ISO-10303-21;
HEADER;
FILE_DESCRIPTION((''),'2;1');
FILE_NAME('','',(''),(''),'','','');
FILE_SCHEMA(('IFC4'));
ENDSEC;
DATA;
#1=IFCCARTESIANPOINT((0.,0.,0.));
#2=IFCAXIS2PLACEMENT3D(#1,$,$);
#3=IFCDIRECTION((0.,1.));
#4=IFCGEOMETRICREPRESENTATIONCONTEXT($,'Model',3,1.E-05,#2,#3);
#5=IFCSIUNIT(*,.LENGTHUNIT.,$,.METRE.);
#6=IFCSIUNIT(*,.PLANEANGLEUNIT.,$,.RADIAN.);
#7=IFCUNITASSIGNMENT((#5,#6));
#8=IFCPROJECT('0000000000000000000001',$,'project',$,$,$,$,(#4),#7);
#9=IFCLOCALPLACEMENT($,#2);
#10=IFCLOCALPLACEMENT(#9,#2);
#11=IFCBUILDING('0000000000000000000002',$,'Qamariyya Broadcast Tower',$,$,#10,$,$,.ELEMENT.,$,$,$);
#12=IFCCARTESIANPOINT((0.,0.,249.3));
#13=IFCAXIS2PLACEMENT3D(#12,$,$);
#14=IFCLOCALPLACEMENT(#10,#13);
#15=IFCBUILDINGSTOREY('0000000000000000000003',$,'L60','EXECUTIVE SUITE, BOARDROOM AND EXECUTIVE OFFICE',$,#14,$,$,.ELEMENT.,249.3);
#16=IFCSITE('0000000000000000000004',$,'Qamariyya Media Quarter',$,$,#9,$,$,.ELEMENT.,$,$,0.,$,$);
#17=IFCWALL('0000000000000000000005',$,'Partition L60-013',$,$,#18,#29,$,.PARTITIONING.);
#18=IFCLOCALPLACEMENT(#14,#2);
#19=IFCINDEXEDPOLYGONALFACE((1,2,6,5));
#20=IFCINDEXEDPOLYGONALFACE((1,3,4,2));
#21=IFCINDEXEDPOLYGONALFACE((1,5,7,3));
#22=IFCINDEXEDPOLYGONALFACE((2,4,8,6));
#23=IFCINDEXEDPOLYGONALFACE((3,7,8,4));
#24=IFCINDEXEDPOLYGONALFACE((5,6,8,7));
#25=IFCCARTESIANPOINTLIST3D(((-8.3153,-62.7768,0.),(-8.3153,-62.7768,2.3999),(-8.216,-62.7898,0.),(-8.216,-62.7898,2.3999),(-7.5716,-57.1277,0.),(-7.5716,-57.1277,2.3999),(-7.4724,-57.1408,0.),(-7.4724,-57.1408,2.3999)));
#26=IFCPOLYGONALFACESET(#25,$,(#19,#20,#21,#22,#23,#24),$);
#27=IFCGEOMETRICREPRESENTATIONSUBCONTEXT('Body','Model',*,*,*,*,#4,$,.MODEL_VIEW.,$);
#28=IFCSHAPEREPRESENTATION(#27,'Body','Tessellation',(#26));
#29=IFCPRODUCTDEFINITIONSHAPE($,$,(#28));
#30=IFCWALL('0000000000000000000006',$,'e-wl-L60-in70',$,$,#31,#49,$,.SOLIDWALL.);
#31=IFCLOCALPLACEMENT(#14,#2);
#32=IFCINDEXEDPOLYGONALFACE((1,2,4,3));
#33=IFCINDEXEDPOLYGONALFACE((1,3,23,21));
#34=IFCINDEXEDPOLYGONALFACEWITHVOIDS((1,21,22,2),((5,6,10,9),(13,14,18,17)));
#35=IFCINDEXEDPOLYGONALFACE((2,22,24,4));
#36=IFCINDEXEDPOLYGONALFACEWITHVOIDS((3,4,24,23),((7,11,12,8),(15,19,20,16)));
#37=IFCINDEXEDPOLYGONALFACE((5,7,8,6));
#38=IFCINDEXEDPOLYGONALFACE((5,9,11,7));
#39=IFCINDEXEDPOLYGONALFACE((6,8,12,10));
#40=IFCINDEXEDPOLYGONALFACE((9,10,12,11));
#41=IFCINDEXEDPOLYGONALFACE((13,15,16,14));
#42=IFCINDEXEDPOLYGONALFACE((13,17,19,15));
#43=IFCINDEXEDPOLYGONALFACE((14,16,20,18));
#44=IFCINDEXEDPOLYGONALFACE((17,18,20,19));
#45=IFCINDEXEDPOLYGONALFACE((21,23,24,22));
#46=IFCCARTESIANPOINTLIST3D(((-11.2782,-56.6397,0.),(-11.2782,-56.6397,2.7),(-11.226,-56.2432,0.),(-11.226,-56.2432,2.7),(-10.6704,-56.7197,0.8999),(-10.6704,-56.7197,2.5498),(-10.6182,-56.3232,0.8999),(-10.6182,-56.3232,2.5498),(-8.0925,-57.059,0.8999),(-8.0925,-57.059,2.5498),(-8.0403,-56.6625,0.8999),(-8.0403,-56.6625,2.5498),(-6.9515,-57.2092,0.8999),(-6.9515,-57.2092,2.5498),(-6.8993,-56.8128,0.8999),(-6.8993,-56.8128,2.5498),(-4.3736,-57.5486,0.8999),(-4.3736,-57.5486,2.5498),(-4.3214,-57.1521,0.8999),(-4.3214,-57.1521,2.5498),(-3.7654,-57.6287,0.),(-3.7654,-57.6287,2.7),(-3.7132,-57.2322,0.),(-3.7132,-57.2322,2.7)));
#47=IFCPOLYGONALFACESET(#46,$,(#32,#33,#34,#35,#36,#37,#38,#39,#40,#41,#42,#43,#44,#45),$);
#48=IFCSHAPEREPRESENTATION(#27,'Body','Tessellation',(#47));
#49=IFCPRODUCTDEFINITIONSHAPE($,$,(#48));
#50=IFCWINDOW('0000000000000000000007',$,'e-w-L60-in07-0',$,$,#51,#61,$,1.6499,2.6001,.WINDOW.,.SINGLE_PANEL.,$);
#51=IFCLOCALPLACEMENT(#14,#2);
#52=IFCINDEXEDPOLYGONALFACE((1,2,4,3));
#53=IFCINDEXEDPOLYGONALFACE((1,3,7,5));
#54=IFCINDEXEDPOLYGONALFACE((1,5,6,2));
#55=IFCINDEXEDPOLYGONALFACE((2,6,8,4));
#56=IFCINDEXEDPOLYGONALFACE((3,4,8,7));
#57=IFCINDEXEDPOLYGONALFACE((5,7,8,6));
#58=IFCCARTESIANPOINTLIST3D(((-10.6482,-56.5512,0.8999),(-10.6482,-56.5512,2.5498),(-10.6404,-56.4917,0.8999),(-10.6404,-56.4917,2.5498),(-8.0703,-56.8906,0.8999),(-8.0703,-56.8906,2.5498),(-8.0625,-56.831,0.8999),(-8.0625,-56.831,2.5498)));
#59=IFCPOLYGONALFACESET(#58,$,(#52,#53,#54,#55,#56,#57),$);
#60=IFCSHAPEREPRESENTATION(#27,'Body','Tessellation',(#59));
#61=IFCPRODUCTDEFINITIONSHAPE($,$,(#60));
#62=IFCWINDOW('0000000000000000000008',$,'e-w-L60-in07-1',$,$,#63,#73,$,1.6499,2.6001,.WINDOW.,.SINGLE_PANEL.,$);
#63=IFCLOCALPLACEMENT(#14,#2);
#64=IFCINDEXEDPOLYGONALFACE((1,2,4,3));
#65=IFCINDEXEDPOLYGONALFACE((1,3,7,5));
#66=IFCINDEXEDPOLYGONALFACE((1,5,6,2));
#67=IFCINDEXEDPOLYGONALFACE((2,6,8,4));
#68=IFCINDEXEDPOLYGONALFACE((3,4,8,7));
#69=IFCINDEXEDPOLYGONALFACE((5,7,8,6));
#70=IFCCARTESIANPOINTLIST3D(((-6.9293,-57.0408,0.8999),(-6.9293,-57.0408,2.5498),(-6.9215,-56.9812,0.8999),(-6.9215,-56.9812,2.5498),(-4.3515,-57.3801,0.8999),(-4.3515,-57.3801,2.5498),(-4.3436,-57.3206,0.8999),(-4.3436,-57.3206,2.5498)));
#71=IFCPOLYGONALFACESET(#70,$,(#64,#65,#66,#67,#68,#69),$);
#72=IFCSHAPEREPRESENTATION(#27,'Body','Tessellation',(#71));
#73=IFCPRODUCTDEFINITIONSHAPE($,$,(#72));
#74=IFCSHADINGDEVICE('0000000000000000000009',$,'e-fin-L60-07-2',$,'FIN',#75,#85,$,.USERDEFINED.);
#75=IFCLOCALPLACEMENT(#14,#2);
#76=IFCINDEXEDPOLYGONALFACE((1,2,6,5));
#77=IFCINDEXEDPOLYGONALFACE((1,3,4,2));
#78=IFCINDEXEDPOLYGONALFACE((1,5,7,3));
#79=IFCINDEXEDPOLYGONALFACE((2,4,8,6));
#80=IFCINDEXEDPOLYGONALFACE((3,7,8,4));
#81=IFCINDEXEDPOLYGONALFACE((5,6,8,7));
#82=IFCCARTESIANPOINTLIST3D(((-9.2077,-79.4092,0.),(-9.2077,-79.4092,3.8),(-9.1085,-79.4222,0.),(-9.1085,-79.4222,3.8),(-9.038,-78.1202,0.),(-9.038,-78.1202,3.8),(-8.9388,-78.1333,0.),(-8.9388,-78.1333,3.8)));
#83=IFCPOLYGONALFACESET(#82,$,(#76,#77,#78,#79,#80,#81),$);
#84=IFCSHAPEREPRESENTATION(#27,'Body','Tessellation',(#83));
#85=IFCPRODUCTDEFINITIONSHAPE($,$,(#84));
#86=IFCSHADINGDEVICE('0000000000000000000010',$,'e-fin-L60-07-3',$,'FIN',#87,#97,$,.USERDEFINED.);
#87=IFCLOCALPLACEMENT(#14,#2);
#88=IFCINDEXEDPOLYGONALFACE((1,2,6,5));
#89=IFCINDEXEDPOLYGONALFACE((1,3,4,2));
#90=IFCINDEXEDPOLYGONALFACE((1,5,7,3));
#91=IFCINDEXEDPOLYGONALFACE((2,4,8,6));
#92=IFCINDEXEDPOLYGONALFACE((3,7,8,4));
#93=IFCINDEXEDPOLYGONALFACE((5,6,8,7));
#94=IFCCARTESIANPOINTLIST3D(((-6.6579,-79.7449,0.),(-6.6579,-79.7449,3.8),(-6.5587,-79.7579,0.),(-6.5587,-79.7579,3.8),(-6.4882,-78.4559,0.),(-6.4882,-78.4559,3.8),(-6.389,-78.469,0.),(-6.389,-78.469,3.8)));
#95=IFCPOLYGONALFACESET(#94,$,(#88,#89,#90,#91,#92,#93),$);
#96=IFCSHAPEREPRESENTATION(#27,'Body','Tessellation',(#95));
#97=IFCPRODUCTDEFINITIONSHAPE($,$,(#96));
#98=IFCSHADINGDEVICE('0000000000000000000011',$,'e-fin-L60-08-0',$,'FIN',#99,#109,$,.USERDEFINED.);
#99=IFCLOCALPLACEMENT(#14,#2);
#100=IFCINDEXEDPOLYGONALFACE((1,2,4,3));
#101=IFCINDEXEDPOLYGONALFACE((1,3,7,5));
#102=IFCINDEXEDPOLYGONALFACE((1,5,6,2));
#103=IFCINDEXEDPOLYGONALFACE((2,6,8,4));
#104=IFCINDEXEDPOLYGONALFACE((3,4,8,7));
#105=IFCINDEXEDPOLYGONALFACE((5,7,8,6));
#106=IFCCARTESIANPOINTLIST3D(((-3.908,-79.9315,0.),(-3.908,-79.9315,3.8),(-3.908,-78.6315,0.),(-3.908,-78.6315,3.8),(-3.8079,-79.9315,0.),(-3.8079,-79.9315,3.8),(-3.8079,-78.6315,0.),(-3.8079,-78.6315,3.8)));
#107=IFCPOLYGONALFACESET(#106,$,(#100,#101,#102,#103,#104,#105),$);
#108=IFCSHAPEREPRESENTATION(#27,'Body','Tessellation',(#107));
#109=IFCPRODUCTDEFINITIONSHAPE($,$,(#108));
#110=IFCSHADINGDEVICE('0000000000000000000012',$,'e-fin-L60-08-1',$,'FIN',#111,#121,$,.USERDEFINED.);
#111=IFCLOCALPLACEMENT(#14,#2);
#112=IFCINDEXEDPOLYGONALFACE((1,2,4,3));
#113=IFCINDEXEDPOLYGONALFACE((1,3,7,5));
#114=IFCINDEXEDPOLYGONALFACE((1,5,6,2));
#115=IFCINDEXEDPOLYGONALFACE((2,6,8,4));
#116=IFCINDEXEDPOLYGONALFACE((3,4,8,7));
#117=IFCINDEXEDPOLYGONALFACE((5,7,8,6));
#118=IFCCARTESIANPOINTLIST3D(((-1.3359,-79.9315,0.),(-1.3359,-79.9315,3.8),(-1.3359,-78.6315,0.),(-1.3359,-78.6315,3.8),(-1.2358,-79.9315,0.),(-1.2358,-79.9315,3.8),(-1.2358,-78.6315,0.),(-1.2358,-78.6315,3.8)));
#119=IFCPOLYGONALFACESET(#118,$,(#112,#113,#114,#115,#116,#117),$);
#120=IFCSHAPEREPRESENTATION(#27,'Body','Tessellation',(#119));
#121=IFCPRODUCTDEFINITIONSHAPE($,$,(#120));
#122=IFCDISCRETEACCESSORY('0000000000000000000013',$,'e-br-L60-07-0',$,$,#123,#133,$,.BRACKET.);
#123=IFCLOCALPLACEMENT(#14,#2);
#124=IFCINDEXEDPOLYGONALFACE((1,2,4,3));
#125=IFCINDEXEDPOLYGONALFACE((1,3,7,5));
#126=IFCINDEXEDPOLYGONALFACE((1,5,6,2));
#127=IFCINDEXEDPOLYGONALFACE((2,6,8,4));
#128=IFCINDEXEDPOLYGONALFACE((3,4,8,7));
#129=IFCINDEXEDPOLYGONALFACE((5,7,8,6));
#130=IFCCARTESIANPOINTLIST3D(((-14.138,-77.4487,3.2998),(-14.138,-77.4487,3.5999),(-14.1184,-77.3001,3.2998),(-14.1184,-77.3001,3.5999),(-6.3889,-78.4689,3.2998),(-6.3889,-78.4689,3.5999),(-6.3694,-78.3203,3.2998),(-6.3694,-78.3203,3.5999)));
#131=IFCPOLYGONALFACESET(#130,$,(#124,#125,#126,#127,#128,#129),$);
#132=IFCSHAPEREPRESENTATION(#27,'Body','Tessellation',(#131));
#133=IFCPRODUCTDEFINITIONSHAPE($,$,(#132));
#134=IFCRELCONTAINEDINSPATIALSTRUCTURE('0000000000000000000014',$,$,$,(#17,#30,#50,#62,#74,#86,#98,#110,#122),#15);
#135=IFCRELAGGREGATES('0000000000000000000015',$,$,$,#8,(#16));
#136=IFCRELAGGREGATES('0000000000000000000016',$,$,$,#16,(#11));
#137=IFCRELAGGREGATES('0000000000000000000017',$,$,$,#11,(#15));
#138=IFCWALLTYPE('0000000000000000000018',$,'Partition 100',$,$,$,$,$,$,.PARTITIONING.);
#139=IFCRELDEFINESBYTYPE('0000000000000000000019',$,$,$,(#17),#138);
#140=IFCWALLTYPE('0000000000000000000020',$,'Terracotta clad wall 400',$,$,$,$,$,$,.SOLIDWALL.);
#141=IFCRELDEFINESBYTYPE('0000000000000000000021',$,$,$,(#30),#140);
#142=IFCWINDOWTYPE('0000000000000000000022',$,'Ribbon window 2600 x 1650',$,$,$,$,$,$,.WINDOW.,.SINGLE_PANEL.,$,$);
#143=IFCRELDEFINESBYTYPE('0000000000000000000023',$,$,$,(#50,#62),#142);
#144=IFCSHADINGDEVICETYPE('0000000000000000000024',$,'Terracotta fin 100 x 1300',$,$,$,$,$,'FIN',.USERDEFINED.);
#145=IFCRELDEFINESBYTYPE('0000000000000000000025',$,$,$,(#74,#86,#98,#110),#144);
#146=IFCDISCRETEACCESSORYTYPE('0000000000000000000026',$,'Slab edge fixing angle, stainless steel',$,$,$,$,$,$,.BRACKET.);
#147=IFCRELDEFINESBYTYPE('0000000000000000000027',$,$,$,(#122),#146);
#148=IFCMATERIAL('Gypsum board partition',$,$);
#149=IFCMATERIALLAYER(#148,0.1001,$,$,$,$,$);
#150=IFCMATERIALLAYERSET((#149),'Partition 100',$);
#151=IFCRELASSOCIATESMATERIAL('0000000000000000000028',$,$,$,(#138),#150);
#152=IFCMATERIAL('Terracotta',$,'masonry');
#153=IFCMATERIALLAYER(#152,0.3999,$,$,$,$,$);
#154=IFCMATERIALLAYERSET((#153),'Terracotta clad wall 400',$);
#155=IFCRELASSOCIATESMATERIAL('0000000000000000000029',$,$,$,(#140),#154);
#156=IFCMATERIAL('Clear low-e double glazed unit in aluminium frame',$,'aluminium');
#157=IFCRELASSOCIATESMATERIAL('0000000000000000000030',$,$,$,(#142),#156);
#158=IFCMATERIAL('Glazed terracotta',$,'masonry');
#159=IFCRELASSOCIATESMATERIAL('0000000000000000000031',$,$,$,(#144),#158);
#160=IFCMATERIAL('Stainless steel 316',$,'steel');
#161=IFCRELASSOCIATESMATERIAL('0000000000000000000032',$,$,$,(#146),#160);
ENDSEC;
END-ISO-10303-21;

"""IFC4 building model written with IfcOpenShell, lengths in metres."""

from ifc_helpers import new_model, si_unit, direction, frame, frame_2d, origin, origin_2d, place, context, subcontext, project, spatial, rectangle, extrude, material, layer, layer_set, material_profile, profile_set, type_object, element, fill, save


model = new_model("IFC4")

# Units and contexts
model_context = context("Model", 3, precision=1e-05, world=origin(), true_north=direction((0.0, 1.0)))
body_context = subcontext(model_context, "Body", "Model", "MODEL_VIEW")
ifc_project = project(units=[si_unit("LENGTHUNIT", "METRE"), si_unit("PLANEANGLEUNIT", "RADIAN")], contexts=[model_context])

# Site, building, storey
site_placement = place(None, origin())
site = spatial("IfcSite", under=ifc_project, at=site_placement, Name="Qamariyya Media Quarter", CompositionType="ELEMENT", RefElevation=0.0)
building_placement = place(site_placement, origin())
building = spatial("IfcBuilding", under=site, at=building_placement, Name="Qamariyya Broadcast Tower", CompositionType="ELEMENT")
storey_placement = place(building_placement, frame((0.0, 0.0, 249.3)))
storey = spatial("IfcBuildingStorey", under=building, at=storey_placement, Name="L60", Description="EXECUTIVE SUITE, BOARDROOM AND EXECUTIVE OFFICE", CompositionType="ELEMENT", Elevation=249.3)

# Shared definitions
ifc_material_1 = material(Name="Gypsum board partition")

# Wall
ifc_layer_1 = layer(ifc_material_1, 0.1001)
ifc_layer_set_1 = layer_set([ifc_layer_1], Name="Partition 100")
wall_type_1 = type_object("IfcWallType", Name="Partition 100", PredefinedType="PARTITIONING", material=ifc_layer_set_1)
wall_1_placement = place(storey_placement, frame((-7.522, -57.1343, 0.0), z_axis=(0.0, 0.0, 1.0), x_axis=(-0.130519, -0.991446, 0.0)))
element("IfcWall", 1, at=wall_1_placement, inside=storey, type_object=wall_type_1, Name="Partition L60-013", PredefinedType="PARTITIONING", context=body_context, shape_type="SweptSolid", body=[
    extrude(rectangle(XDim=5.6978, YDim=0.1001, at=frame_2d((2.8489, 0.0))), origin(), (0.0, 0.0, 1.0), 2.3999),
])

# Wall, openings, windows
ifc_material_2 = material(Name="Terracotta", Category="masonry")
ifc_layer_2 = layer(ifc_material_2, 0.3999)
ifc_layer_set_2 = layer_set([ifc_layer_2], Name="Terracotta clad wall 400")
wall_type_2 = type_object("IfcWallType", Name="Terracotta clad wall 400", PredefinedType="SOLIDWALL", material=ifc_layer_set_2)
wall_2_placement = place(storey_placement, frame((-3.7393, -57.4304, 0.0), z_axis=(0.0, 0.0, 1.0), x_axis=(-0.991446, 0.130515, 0.0)))
wall_2 = element("IfcWall", 2, at=wall_2_placement, inside=storey, type_object=wall_type_2, Name="e-wl-L60-in70", PredefinedType="SOLIDWALL", context=body_context, shape_type="SweptSolid", body=[
    extrude(rectangle(XDim=7.5776, YDim=0.3999, at=frame_2d((3.7888, 0.0))), origin(), (0.0, 0.0, 1.0), 2.7),
])
opening_1_placement = place(wall_2_placement, frame((4.3645, 0.0, 0.8999)))
opening_1 = element("IfcOpeningElement", 3, at=opening_1_placement, cuts=wall_2, PredefinedType="OPENING", context=body_context, shape_type="SweptSolid", body=[
    extrude(rectangle(XDim=2.6001, YDim=1.6499, at=frame_2d((1.3, 0.825))), frame((0.0, 0.21, 0.0), z_axis=(0.0, -1.0, 0.0), x_axis=(1.0, 0.0, 0.0)), (0.0, 0.0, 1.0), 0.4199),
])
opening_2_placement = place(wall_2_placement, frame((0.6135, 0.0, 0.8999)))
opening_2 = element("IfcOpeningElement", 4, at=opening_2_placement, cuts=wall_2, PredefinedType="OPENING", context=body_context, shape_type="SweptSolid", body=[
    extrude(rectangle(XDim=2.6001, YDim=1.6499, at=frame_2d((1.3, 0.825))), frame((0.0, 0.21, 0.0), z_axis=(0.0, -1.0, 0.0), x_axis=(1.0, 0.0, 0.0)), (0.0, 0.0, 1.0), 0.4199),
])
ifc_material_3 = material(Name="Clear low-e double glazed unit in aluminium frame", Category="aluminium")
window_type = type_object("IfcWindowType", Name="Ribbon window 2600 x 1650", PartitioningType="SINGLE_PANEL", PredefinedType="WINDOW", material=ifc_material_3)
window_1_placement = place(opening_1_placement, origin())
window_1 = element("IfcWindow", 5, at=window_1_placement, inside=storey, type_object=window_type, Name="e-w-L60-in07-0", OverallHeight=1.6499, OverallWidth=2.6001, PartitioningType="SINGLE_PANEL", PredefinedType="WINDOW", context=body_context, shape_type="SweptSolid", body=[
    extrude(rectangle(XDim=2.6001, YDim=1.6499, at=frame_2d((1.3, 0.825))), frame((0.0, 0.03, 0.0), z_axis=(0.0, -1.0, 0.0), x_axis=(1.0, 0.0, 0.0)), (0.0, 0.0, 1.0), 0.0601),
])
fill(opening_1, window_1)
window_2_placement = place(opening_2_placement, origin())
window_2 = element("IfcWindow", 6, at=window_2_placement, inside=storey, type_object=window_type, Name="e-w-L60-in07-1", OverallHeight=1.6499, OverallWidth=2.6001, PartitioningType="SINGLE_PANEL", PredefinedType="WINDOW", context=body_context, shape_type="SweptSolid", body=[
    extrude(rectangle(XDim=2.6001, YDim=1.6499, at=frame_2d((1.3, 0.825))), frame((0.0, 0.03, 0.0), z_axis=(0.0, -1.0, 0.0), x_axis=(1.0, 0.0, 0.0)), (0.0, 0.0, 1.0), 0.0601),
])
fill(opening_2, window_2)

# Shading devices
ifc_material_4 = material(Name="Glazed terracotta", Category="masonry")
ifc_material_profile_1 = material_profile(ifc_material_4, rectangle(XDim=1.3, YDim=0.1001, at=origin_2d()))
ifc_profile_set_1 = profile_set([ifc_material_profile_1], Name="Glazed terracotta")
shading_device_type_1 = type_object("IfcShadingDeviceType", Name="Terracotta fin 100 x 1300", ElementType="FIN", PredefinedType="USERDEFINED", material=ifc_profile_set_1)
for number, where, z_axis, x_axis, name in (
    (7, (-9.0732, -78.7712, 0.0), (0.0, 0.0, 1.0), (-0.130526, -0.991445, 0.0), "e-fin-L60-07-2"),
    (8, (-6.5234, -79.1069, 0.0), (0.0, 0.0, 1.0), (-0.130526, -0.991445, 0.0), "e-fin-L60-07-3"),
    (9, (-3.8579, -79.2815, 0.0), (0.0, 0.0, 1.0), (0.0, -1.0, 0.0), "e-fin-L60-08-0"),
    (10, (-1.2859, -79.2815, 0.0), (0.0, 0.0, 1.0), (0.0, -1.0, 0.0), "e-fin-L60-08-1"),
):
    element("IfcShadingDevice", number, at=place(storey_placement, frame(where, z_axis=z_axis, x_axis=x_axis)), inside=storey, type_object=shading_device_type_1, Name=name, ObjectType="FIN", PredefinedType="USERDEFINED", context=body_context, shape_type="SweptSolid", body=[
        extrude(rectangle(XDim=1.3, YDim=0.1001, at=origin_2d()), origin(), (0.0, 0.0, 1.0), 3.8),
    ])

# Discrete accessory
ifc_material_5 = material(Name="Stainless steel 316", Category="steel")
discrete_accessory_type = type_object("IfcDiscreteAccessoryType", Name="Slab edge fixing angle, stainless steel", PredefinedType="BRACKET", material=ifc_material_5)
discrete_accessory_placement = place(storey_placement, frame((-10.2537, -77.8845, 3.2998), z_axis=(0.0, 0.0, 1.0), x_axis=(0.991445, -0.130526, 0.0)))
element("IfcDiscreteAccessory", 11, at=discrete_accessory_placement, inside=storey, type_object=discrete_accessory_type, Name="e-br-L60-07-0", PredefinedType="BRACKET", context=body_context, shape_type="SweptSolid", body=[
    extrude(rectangle(XDim=7.8159, YDim=0.1499, at=origin_2d()), origin(), (0.0, 0.0, 1.0), 0.3),
])

save(model, "model.ifc")
